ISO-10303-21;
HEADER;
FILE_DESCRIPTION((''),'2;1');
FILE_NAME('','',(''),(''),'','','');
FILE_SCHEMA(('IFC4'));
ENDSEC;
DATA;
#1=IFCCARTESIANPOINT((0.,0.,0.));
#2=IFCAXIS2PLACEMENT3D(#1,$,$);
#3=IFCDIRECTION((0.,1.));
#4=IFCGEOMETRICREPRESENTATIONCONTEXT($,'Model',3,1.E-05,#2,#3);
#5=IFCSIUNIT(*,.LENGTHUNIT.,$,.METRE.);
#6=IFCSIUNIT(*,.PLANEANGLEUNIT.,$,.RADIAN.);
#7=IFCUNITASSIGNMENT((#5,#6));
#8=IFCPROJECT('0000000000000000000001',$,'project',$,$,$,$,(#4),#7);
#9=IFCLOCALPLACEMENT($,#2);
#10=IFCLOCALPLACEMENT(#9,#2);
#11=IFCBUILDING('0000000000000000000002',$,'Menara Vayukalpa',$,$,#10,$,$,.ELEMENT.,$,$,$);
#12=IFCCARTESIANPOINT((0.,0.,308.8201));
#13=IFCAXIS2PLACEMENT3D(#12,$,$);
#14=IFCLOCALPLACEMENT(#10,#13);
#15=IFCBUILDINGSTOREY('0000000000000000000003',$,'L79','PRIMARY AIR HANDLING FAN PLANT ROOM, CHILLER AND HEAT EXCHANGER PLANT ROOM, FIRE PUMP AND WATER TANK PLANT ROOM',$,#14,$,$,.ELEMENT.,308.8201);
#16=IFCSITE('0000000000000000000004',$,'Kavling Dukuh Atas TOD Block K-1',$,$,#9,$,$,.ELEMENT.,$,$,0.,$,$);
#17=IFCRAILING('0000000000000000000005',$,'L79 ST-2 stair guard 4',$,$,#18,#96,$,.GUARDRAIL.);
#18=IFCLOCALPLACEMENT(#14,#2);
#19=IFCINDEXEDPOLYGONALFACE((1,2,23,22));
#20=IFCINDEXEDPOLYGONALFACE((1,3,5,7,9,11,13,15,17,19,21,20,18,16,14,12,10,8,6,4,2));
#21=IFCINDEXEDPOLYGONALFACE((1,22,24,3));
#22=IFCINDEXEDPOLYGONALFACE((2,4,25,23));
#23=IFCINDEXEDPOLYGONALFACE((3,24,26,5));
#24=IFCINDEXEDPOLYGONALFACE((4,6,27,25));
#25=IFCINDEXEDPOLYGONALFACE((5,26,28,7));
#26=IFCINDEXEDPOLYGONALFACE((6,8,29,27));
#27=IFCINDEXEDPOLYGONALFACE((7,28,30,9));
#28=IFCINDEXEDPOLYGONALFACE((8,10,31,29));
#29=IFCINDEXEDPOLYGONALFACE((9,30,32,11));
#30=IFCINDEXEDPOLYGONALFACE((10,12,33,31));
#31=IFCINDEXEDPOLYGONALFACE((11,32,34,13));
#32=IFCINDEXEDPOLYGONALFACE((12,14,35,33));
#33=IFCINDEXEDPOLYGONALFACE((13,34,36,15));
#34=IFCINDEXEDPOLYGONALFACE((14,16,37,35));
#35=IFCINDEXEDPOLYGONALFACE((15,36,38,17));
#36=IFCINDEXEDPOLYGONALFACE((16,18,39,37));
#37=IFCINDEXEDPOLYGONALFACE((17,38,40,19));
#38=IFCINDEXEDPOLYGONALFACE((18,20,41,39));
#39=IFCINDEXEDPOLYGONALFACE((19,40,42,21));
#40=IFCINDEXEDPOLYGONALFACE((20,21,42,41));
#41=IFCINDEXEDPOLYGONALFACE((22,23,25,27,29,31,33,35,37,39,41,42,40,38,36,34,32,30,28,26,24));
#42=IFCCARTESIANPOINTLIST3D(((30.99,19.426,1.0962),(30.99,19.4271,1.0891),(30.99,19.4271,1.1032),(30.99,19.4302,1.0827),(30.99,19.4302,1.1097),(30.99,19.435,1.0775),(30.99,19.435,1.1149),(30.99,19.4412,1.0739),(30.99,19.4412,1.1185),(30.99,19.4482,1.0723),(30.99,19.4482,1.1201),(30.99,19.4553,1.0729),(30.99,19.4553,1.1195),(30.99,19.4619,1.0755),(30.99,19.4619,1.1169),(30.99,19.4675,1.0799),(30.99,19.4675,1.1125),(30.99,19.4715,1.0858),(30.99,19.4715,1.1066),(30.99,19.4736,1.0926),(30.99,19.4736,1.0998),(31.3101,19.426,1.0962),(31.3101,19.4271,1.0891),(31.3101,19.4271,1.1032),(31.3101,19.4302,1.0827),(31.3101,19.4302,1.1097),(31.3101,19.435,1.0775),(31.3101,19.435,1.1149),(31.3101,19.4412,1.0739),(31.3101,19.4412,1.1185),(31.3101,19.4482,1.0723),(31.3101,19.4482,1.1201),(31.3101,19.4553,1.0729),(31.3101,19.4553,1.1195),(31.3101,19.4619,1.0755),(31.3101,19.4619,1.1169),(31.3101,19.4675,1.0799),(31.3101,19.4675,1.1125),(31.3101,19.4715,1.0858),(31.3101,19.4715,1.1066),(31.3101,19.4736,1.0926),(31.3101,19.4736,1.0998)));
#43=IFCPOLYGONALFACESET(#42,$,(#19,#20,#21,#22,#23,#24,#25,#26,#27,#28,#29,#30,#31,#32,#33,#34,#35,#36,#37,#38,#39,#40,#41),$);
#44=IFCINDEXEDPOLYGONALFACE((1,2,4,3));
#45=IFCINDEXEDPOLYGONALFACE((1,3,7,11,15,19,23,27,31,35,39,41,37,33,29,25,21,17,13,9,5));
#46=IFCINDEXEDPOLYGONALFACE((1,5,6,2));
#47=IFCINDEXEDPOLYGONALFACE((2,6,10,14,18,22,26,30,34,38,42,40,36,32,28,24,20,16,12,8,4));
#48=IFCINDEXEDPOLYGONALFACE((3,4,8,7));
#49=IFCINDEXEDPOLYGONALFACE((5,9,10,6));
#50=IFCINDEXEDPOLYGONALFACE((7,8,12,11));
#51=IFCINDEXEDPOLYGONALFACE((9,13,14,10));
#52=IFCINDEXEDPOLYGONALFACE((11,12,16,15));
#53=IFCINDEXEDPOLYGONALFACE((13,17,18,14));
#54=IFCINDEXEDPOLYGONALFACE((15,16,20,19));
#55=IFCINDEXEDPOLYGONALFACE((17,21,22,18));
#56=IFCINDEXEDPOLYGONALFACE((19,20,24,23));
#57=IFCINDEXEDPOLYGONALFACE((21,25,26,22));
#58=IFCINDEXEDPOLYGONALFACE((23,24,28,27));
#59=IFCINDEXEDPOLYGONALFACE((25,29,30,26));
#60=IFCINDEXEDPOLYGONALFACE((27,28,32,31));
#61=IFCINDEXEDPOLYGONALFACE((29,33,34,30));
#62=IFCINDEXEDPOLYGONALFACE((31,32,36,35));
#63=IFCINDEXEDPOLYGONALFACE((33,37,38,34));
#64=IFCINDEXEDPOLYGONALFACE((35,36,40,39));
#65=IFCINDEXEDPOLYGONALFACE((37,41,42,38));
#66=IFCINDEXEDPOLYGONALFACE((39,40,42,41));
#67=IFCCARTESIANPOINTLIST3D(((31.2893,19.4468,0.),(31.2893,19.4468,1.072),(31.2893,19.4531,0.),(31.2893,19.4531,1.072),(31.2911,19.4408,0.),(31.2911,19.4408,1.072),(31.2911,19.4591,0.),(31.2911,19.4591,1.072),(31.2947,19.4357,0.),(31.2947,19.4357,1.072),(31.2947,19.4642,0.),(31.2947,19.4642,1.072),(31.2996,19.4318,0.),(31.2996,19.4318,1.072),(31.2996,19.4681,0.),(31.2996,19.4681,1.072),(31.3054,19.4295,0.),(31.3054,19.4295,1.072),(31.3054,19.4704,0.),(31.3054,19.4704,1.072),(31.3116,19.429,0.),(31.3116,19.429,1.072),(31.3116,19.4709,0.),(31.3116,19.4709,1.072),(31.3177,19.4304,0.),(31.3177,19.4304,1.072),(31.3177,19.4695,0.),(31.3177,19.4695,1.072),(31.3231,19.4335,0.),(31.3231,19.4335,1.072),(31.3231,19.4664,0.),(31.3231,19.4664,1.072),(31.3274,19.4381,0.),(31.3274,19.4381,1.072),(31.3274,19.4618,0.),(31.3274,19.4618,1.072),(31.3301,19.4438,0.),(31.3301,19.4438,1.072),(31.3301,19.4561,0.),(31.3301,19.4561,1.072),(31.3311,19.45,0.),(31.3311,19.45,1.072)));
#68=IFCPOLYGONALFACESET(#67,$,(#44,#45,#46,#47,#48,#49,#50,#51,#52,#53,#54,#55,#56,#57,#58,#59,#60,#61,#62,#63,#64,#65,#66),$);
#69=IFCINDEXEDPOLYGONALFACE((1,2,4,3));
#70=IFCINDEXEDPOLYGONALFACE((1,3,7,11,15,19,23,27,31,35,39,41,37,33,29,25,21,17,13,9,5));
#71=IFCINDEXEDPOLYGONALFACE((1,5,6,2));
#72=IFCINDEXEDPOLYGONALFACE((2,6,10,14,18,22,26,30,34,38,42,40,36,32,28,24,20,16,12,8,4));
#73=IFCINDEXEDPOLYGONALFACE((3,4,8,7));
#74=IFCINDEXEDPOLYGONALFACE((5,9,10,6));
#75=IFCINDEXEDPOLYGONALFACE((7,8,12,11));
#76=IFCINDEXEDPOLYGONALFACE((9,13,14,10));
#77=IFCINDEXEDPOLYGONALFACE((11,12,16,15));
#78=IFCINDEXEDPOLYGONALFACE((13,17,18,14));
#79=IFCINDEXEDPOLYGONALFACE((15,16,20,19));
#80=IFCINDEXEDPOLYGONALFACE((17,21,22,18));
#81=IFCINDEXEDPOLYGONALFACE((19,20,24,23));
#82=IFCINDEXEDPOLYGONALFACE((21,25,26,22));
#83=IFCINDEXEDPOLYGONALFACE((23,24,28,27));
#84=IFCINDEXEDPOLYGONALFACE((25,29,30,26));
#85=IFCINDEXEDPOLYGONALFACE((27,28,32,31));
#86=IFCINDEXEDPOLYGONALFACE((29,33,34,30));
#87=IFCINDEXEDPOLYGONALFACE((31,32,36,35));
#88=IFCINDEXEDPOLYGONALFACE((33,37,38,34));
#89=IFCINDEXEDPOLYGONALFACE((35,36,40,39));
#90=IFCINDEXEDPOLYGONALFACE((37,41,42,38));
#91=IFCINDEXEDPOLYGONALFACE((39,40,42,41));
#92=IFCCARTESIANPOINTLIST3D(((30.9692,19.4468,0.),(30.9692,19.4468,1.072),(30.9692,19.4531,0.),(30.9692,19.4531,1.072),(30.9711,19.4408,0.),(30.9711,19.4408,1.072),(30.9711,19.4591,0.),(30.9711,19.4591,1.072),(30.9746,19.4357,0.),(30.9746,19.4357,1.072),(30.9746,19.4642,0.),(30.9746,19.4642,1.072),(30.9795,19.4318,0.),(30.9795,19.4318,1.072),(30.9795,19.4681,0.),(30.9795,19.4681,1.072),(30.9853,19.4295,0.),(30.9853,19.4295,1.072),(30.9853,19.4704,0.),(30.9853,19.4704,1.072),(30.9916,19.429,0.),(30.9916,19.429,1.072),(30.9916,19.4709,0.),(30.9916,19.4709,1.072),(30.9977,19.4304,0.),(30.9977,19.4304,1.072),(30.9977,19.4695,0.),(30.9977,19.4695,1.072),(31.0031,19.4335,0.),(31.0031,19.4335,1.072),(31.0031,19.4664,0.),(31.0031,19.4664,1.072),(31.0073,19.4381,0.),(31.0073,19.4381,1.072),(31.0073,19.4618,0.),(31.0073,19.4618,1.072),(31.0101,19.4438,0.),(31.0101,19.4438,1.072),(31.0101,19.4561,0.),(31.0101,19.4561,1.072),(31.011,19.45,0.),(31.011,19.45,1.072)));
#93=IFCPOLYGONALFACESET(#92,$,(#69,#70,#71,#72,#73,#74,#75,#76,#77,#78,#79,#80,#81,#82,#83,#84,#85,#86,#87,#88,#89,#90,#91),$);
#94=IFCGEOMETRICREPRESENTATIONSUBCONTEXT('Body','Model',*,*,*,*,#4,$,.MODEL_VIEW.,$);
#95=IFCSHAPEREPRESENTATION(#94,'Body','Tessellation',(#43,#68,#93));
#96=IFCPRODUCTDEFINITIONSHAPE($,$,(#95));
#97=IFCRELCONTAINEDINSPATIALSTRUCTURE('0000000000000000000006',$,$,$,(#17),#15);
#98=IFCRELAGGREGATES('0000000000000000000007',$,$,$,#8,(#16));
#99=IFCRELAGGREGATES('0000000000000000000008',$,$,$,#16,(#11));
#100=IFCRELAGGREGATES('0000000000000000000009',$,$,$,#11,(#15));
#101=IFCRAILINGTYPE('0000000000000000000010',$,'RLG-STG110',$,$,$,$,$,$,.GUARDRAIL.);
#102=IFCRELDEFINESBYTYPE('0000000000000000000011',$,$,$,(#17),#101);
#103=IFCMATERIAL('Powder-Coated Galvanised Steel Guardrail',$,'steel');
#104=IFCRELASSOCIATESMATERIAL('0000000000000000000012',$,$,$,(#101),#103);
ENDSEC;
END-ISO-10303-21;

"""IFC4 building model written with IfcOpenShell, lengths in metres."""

from ifc_helpers import new_model, si_unit, direction, frame, origin, origin_2d, place, context, subcontext, project, spatial, circle, extrude, material, type_object, element, save


model = new_model("IFC4")

# Units and contexts
model_context = context("Model", 3, precision=1e-05, world=origin(), true_north=direction((0.0, 1.0)))
body_context = subcontext(model_context, "Body", "Model", "MODEL_VIEW")
ifc_project = project(units=[si_unit("LENGTHUNIT", "METRE"), si_unit("PLANEANGLEUNIT", "RADIAN")], contexts=[model_context])

# Site, building, storey
site_placement = place(None, origin())
site = spatial("IfcSite", under=ifc_project, at=site_placement, Name="Kavling Dukuh Atas TOD Block K-1", CompositionType="ELEMENT", RefElevation=0.0)
building_placement = place(site_placement, origin())
building = spatial("IfcBuilding", under=site, at=building_placement, Name="Menara Vayukalpa", CompositionType="ELEMENT")
storey_placement = place(building_placement, frame((0.0, 0.0, 308.8201)))
storey = spatial("IfcBuildingStorey", under=building, at=storey_placement, Name="L79", Description="PRIMARY AIR HANDLING FAN PLANT ROOM, CHILLER AND HEAT EXCHANGER PLANT ROOM, FIRE PUMP AND WATER TANK PLANT ROOM", CompositionType="ELEMENT", Elevation=308.8201)

# Railing
ifc_material_1 = material(Name="Powder-Coated Galvanised Steel Guardrail", Category="steel")
railing_type_1 = type_object("IfcRailingType", Name="RLG-STG110", PredefinedType="GUARDRAIL", material=ifc_material_1)
railing_1_placement = place(storey_placement, frame((31.3101, 19.45, 0.0)))
element("IfcRailing", 1, at=railing_1_placement, inside=storey, type_object=railing_type_1, Name="L79 ST-2 stair guard 4", PredefinedType="GUARDRAIL", context=body_context, shape_type="SweptSolid", body=[
    extrude(circle(Radius=0.0239, at=origin_2d()), frame((0.0, 0.0, 1.0962), z_axis=(-1.0, 0.0, 0.0), x_axis=(0.0, -1.0, 0.0)), (0.0, 0.0, 1.0), 0.3201),
    extrude(circle(Radius=0.021, at=origin_2d()), origin(), (0.0, 0.0, 1.0), 1.072),
    extrude(circle(Radius=0.021, at=origin_2d()), frame((-0.3201, 0.0, 0.0)), (0.0, 0.0, 1.0), 1.072),
])

save(model, "model.ifc")
